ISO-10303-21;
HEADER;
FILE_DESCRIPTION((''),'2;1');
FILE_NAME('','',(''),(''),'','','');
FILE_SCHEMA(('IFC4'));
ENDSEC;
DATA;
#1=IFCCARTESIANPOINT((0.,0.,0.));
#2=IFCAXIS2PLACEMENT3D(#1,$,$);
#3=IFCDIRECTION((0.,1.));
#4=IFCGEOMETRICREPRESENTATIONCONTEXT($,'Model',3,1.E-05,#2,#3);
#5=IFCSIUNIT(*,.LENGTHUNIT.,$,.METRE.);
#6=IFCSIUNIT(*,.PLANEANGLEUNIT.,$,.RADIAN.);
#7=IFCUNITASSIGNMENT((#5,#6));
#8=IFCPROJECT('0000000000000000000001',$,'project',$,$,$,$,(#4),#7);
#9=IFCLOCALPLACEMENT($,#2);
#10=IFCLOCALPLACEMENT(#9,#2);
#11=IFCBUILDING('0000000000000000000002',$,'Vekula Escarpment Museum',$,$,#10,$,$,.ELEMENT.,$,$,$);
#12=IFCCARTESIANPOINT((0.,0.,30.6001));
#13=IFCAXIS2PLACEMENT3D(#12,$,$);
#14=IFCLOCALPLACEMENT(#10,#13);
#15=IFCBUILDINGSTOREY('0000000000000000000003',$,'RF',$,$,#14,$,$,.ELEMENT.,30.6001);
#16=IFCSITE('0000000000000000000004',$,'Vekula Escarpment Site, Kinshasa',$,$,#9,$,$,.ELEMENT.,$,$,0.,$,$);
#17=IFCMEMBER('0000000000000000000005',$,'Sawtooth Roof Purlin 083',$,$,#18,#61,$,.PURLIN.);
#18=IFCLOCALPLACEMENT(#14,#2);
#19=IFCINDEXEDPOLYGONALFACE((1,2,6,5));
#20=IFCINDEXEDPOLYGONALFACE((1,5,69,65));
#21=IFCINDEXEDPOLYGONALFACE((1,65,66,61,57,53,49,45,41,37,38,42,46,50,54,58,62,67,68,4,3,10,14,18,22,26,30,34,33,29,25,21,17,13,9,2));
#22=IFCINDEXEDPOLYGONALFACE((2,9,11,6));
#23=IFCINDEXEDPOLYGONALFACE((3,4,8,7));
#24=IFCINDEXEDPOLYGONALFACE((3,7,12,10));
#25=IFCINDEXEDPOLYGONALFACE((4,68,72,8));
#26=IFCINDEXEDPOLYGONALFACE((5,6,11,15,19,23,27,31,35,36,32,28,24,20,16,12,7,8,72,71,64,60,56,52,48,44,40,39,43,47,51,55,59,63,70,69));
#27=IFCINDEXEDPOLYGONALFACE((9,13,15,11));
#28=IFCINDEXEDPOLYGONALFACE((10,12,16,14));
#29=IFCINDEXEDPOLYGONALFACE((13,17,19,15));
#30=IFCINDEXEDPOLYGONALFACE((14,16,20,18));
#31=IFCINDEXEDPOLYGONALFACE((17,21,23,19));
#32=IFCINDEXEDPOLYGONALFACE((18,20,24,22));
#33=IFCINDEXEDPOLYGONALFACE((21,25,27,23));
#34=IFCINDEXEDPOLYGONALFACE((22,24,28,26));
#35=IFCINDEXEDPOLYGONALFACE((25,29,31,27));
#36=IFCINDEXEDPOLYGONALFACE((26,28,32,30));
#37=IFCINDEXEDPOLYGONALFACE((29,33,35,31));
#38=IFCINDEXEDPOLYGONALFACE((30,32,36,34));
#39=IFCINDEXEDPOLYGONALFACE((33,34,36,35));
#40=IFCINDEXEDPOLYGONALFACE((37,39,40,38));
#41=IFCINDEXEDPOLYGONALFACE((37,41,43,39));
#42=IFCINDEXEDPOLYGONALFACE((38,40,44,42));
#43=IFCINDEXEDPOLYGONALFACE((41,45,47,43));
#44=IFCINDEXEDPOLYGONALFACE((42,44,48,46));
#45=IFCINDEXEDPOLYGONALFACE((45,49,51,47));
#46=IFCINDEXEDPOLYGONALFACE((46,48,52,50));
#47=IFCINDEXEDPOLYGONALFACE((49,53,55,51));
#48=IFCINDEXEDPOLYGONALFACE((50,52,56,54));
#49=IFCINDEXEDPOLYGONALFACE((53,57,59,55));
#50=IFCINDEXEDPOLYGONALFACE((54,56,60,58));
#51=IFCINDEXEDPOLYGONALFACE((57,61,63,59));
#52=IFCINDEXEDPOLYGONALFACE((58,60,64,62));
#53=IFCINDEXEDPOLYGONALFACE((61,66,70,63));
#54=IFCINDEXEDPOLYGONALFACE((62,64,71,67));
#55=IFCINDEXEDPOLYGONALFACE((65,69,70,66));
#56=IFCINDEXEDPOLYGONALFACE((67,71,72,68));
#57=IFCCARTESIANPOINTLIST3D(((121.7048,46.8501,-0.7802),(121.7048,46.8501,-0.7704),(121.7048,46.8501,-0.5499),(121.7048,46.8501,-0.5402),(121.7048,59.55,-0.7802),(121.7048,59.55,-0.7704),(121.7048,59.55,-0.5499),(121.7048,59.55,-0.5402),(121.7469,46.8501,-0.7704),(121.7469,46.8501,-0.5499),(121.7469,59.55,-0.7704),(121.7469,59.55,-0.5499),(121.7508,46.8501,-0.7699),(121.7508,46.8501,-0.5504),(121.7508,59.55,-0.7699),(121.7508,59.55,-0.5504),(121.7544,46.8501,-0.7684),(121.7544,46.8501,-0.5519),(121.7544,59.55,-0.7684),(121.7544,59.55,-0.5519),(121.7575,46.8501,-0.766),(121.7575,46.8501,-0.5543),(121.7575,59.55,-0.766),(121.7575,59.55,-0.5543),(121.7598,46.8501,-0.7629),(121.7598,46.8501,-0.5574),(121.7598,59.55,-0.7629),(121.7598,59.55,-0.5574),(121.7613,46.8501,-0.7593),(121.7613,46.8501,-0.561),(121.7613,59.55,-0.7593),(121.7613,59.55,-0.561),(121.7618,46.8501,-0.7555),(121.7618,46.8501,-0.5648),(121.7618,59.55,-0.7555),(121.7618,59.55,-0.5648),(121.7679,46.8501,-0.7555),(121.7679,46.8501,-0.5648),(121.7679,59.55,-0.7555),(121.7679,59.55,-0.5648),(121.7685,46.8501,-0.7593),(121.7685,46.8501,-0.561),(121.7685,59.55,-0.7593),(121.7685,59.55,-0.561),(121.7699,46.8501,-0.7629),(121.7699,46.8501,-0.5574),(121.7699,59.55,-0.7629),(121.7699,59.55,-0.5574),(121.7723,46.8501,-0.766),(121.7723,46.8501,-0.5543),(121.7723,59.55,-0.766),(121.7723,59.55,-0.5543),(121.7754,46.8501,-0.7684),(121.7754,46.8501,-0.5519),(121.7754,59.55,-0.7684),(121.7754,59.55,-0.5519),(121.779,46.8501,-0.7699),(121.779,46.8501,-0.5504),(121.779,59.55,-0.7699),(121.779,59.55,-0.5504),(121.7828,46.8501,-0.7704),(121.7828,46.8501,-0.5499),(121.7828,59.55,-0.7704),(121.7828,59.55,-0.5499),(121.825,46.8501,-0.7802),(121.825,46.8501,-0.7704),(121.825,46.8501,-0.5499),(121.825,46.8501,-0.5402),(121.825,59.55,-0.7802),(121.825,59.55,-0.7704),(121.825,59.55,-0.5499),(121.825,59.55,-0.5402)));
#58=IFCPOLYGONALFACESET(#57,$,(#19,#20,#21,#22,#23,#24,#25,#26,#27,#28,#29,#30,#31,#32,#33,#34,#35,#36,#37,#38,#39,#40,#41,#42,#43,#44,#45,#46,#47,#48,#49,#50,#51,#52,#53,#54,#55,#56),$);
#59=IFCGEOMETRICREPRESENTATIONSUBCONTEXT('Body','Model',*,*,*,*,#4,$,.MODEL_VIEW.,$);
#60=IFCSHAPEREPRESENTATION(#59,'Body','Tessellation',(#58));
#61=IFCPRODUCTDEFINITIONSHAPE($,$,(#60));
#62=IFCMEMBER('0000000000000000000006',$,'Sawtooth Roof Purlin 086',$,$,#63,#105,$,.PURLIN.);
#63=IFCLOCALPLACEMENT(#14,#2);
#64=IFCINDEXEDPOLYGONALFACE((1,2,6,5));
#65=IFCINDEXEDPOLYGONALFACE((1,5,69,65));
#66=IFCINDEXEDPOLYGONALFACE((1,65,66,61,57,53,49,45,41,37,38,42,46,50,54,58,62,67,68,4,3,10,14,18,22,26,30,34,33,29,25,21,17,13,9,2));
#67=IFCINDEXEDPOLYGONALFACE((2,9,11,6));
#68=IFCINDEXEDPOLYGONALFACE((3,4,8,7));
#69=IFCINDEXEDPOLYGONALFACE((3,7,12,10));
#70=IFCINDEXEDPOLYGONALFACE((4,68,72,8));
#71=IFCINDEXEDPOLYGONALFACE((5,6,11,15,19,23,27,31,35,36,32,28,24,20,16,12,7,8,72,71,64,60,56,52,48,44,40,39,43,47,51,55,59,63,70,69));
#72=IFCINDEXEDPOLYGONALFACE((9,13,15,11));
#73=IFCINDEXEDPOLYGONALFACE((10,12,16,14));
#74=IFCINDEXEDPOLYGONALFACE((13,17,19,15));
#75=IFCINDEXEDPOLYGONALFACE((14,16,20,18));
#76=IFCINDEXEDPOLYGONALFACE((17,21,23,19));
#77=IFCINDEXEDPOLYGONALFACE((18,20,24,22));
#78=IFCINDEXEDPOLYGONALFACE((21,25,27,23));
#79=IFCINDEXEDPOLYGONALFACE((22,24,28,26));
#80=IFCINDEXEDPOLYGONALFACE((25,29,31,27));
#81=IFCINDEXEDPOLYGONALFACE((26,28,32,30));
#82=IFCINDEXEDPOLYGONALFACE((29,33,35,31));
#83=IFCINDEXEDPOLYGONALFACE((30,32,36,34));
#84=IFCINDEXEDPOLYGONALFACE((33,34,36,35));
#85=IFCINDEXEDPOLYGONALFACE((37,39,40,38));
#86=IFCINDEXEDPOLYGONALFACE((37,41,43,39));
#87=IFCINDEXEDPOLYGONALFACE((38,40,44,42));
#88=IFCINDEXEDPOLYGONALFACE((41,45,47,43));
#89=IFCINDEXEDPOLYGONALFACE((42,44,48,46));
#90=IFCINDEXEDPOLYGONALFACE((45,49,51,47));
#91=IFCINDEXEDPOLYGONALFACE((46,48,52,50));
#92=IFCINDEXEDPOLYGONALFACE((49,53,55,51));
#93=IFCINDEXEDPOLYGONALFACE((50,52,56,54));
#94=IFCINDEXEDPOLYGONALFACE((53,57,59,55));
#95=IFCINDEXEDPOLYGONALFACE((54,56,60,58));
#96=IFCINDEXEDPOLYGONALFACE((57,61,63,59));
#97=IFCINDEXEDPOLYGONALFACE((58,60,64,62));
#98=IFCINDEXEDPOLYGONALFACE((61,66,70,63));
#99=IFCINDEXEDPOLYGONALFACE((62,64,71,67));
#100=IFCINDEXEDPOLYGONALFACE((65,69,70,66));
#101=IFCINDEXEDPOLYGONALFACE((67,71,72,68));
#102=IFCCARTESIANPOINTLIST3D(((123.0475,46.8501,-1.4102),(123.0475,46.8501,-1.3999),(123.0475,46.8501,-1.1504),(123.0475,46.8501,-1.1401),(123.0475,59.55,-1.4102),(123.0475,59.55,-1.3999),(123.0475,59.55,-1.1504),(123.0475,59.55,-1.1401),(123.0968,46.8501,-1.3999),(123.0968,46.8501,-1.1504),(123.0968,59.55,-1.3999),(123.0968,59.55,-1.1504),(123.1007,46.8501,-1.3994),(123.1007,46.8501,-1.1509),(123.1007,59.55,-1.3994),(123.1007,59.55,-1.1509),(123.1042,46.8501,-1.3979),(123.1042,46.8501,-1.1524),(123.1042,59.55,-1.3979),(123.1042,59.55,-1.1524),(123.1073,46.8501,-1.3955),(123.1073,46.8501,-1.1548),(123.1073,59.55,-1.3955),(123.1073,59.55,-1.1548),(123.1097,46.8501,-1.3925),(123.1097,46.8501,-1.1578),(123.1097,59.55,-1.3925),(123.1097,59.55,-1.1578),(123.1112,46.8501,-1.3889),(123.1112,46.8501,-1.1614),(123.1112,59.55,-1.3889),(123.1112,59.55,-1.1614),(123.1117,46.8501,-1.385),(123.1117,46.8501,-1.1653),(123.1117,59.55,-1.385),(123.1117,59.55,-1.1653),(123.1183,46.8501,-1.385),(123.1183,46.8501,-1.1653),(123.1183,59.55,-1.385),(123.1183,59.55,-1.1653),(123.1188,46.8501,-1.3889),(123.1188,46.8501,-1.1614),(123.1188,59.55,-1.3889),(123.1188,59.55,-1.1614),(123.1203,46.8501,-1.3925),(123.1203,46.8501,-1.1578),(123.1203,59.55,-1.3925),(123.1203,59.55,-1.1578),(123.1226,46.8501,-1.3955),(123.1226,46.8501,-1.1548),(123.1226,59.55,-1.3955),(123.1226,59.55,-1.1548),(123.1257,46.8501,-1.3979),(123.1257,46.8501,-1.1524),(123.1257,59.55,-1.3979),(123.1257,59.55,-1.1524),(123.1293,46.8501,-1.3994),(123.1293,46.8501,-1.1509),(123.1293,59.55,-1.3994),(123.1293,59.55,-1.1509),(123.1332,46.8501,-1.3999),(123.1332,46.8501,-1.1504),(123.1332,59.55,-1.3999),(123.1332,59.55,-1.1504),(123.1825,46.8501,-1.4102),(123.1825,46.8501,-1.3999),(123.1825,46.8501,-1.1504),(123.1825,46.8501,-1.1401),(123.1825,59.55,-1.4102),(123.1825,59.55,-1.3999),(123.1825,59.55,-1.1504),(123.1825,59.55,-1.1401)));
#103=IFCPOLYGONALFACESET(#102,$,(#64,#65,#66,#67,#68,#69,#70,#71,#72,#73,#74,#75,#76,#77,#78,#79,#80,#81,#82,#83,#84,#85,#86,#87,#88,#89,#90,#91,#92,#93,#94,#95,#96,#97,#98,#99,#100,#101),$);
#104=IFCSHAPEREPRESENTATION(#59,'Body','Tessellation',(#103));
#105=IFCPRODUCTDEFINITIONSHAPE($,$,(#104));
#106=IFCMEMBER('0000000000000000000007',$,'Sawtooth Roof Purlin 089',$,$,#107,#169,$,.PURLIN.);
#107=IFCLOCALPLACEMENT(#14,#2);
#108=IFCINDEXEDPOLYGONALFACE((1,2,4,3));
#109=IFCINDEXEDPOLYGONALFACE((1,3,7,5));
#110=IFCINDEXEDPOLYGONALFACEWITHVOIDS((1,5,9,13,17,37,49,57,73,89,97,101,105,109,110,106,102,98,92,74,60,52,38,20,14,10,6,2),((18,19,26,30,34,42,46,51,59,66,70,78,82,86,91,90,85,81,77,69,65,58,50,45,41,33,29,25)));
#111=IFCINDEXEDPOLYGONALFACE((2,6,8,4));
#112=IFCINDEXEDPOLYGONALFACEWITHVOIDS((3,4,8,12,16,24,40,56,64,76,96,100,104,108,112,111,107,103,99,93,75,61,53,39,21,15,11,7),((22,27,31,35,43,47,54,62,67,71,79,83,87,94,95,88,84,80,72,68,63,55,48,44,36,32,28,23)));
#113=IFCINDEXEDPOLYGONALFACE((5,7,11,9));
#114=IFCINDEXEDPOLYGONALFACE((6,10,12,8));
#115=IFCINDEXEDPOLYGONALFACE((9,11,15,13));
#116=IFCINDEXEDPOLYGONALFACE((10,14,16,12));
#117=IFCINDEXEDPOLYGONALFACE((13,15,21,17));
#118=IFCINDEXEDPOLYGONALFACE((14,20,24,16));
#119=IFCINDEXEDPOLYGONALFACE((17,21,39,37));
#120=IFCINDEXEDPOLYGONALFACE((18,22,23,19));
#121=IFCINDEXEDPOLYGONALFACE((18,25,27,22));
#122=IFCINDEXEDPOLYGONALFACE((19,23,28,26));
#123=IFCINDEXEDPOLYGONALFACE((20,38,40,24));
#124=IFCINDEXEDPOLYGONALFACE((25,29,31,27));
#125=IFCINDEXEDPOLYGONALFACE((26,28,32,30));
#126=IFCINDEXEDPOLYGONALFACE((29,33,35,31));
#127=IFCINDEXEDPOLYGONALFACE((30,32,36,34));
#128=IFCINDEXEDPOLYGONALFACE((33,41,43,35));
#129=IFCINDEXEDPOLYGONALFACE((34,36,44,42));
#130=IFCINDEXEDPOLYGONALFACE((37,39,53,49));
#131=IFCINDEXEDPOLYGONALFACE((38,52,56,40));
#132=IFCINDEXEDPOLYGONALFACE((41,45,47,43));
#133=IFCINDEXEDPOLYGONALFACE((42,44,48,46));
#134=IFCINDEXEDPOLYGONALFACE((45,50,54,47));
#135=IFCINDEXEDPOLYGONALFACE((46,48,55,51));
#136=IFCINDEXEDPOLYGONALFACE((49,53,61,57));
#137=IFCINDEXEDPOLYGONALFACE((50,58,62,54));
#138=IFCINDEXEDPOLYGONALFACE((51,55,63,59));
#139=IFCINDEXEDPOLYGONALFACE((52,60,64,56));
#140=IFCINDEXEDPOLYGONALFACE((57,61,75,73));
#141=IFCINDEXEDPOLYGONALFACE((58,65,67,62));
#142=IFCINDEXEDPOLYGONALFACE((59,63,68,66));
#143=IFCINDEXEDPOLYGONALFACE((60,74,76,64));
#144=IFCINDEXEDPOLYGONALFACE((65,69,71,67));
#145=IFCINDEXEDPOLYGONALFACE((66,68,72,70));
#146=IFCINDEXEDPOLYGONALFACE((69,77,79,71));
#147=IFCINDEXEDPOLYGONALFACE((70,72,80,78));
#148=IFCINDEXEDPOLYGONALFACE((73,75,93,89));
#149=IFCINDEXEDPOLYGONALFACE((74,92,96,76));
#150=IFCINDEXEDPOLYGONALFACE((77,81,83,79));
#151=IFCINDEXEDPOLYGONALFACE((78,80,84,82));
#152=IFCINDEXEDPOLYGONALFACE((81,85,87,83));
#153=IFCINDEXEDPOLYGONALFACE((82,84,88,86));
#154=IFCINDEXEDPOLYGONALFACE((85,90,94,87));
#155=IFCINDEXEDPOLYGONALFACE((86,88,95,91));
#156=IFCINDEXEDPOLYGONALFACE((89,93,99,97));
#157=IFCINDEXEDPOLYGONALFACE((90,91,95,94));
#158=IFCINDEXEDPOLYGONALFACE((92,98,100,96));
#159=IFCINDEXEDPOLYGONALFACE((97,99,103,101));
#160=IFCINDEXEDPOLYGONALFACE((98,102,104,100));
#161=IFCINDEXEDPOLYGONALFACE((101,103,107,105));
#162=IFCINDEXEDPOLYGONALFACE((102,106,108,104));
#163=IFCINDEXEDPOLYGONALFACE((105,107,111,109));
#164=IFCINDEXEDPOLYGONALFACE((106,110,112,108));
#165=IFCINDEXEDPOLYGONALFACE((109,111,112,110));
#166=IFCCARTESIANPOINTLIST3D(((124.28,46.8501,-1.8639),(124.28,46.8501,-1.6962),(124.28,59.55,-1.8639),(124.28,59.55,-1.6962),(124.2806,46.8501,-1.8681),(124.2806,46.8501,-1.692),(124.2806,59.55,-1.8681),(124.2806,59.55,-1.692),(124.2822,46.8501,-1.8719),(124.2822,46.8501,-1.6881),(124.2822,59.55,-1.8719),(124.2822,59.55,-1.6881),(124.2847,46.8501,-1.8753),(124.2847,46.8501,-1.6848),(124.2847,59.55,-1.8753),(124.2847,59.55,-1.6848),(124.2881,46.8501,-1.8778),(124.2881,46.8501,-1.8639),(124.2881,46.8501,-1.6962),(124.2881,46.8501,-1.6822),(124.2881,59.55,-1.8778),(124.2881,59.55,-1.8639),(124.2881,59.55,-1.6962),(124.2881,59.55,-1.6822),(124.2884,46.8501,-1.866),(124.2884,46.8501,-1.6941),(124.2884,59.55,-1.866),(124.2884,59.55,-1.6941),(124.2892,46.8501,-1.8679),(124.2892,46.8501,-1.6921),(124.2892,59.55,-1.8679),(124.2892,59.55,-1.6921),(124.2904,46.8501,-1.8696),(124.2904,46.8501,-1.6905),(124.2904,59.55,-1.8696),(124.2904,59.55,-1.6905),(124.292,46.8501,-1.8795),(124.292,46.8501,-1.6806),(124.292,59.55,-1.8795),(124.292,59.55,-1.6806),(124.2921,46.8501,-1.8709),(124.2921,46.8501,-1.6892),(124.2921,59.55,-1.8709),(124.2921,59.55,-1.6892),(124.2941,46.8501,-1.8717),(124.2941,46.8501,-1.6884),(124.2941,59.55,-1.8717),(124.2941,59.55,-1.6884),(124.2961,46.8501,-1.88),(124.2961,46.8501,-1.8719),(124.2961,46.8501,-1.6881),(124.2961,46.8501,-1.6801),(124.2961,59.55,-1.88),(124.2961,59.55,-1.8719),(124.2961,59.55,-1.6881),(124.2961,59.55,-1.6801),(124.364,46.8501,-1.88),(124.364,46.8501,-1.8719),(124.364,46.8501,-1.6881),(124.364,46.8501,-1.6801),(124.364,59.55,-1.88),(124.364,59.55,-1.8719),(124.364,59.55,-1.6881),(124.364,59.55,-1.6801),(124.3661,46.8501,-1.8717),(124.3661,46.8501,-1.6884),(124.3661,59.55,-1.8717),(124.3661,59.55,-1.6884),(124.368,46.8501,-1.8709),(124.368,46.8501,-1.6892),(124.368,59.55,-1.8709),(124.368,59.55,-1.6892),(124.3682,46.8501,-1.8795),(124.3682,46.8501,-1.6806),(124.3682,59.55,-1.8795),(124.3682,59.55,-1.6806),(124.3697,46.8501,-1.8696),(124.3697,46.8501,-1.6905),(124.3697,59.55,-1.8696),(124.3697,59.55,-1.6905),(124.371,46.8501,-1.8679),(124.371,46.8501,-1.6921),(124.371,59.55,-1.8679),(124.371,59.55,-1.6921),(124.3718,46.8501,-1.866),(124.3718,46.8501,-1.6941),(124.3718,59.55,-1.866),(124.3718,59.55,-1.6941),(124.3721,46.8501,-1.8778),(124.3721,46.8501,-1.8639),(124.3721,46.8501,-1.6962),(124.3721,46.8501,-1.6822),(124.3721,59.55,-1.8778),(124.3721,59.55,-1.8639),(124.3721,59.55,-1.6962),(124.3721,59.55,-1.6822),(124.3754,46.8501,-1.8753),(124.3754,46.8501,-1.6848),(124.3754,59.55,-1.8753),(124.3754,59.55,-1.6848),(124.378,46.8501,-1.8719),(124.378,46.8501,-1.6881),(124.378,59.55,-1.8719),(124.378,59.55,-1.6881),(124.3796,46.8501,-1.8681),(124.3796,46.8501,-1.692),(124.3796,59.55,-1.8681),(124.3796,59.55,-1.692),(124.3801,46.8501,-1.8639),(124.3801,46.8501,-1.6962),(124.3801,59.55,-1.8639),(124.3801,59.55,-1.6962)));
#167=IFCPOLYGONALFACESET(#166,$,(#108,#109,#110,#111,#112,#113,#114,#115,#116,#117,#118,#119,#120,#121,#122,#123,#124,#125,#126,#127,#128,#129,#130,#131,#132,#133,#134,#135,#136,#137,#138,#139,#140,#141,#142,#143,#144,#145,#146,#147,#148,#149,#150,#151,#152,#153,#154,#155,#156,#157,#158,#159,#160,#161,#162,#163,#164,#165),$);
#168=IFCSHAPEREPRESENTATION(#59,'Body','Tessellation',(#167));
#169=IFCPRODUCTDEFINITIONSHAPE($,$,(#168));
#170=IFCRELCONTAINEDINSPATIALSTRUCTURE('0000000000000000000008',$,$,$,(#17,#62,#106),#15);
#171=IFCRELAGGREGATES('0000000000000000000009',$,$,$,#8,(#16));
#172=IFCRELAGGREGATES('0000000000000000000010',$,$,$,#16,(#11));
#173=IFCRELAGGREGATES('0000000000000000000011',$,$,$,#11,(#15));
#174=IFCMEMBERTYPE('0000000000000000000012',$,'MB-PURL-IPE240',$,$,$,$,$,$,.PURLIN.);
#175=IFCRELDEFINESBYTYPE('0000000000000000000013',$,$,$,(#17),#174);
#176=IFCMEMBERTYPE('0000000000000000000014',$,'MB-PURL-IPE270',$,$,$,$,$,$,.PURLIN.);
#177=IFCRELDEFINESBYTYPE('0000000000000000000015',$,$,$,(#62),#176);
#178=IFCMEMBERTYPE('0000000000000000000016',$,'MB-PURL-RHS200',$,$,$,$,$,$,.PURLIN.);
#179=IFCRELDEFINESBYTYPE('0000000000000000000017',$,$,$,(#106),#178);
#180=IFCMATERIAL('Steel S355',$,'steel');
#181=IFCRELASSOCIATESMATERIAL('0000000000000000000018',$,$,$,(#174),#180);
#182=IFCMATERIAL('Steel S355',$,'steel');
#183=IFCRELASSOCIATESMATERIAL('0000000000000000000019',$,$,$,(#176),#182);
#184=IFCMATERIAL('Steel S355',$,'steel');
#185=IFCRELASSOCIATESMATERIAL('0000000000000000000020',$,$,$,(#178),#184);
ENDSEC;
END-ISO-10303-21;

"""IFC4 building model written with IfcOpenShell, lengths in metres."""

from ifc_helpers import new_model, si_unit, direction, frame, origin, origin_2d, place, context, subcontext, project, spatial, hollow_rectangle, i_section, extrude, material, material_profile, profile_set, type_object, element, save


model = new_model("IFC4")

# Units and contexts
model_context = context("Model", 3, precision=1e-05, world=origin(), true_north=direction((0.0, 1.0)))
body_context = subcontext(model_context, "Body", "Model", "MODEL_VIEW")
ifc_project = project(units=[si_unit("LENGTHUNIT", "METRE"), si_unit("PLANEANGLEUNIT", "RADIAN")], contexts=[model_context])

# Site, building, storey
site_placement = place(None, origin())
site = spatial("IfcSite", under=ifc_project, at=site_placement, Name="Vekula Escarpment Site, Kinshasa", CompositionType="ELEMENT", RefElevation=0.0)
building_placement = place(site_placement, origin())
building = spatial("IfcBuilding", under=site, at=building_placement, Name="Vekula Escarpment Museum", CompositionType="ELEMENT")
storey_placement = place(building_placement, frame((0.0, 0.0, 30.6001)))
storey = spatial("IfcBuildingStorey", under=building, at=storey_placement, Name="RF", CompositionType="ELEMENT", Elevation=30.6001)

# Members
ifc_material_1 = material(Name="Steel S355", Category="steel")
ifc_material_profile_1 = material_profile(ifc_material_1, i_section(OverallWidth=0.1201, OverallDepth=0.24, WebThickness=0.0061, FlangeThickness=0.0098, FilletRadius=0.0149, at=origin_2d()), Name="IPE 240")
ifc_profile_set_1 = profile_set([ifc_material_profile_1], Name="Steel S355")
member_type_1 = type_object("IfcMemberType", Name="MB-PURL-IPE240", PredefinedType="PURLIN", material=ifc_profile_set_1)
member_1_placement = place(storey_placement, frame((121.7649, 46.8501, -0.6602), z_axis=(0.0, 1.0, 0.0), x_axis=(-1.0, 0.0, 0.0)))
element("IfcMember", 1, at=member_1_placement, inside=storey, type_object=member_type_1, Name="Sawtooth Roof Purlin 083", PredefinedType="PURLIN", context=body_context, shape_type="SweptSolid", body=[
    extrude(i_section(OverallWidth=0.1201, OverallDepth=0.24, WebThickness=0.0061, FlangeThickness=0.0098, FilletRadius=0.0149, at=origin_2d()), origin(), (0.0, 0.0, 1.0), 12.7),
])
ifc_material_2 = material(Name="Steel S355", Category="steel")
ifc_material_profile_2 = material_profile(ifc_material_2, i_section(OverallWidth=0.135, OverallDepth=0.27, WebThickness=0.0066, FlangeThickness=0.0103, FilletRadius=0.0149, at=origin_2d()), Name="IPE 270")
ifc_profile_set_2 = profile_set([ifc_material_profile_2], Name="Steel S355")
member_type_2 = type_object("IfcMemberType", Name="MB-PURL-IPE270", PredefinedType="PURLIN", material=ifc_profile_set_2)
member_2_placement = place(storey_placement, frame((123.115, 46.8501, -1.2751), z_axis=(0.0, 1.0, 0.0), x_axis=(-1.0, 0.0, 0.0)))
element("IfcMember", 2, at=member_2_placement, inside=storey, type_object=member_type_2, Name="Sawtooth Roof Purlin 086", PredefinedType="PURLIN", context=body_context, shape_type="SweptSolid", body=[
    extrude(i_section(OverallWidth=0.135, OverallDepth=0.27, WebThickness=0.0066, FlangeThickness=0.0103, FilletRadius=0.0149, at=origin_2d()), origin(), (0.0, 0.0, 1.0), 12.7),
])
ifc_material_3 = material(Name="Steel S355", Category="steel")
ifc_material_profile_3 = material_profile(ifc_material_3, hollow_rectangle(XDim=0.1001, YDim=0.2, WallThickness=0.0081, InnerFilletRadius=0.0081, OuterFilletRadius=0.0161, at=origin_2d()), Name="RHS 200x100x8")
ifc_profile_set_3 = profile_set([ifc_material_profile_3], Name="Steel S355")
member_type_3 = type_object("IfcMemberType", Name="MB-PURL-RHS200", PredefinedType="PURLIN", material=ifc_profile_set_3)
member_3_placement = place(storey_placement, frame((124.3301, 46.8501, -1.78), z_axis=(0.0, 1.0, 0.0), x_axis=(-1.0, 0.0, 0.0)))
element("IfcMember", 3, at=member_3_placement, inside=storey, type_object=member_type_3, Name="Sawtooth Roof Purlin 089", PredefinedType="PURLIN", context=body_context, shape_type="SweptSolid", body=[
    extrude(hollow_rectangle(XDim=0.1001, YDim=0.2, WallThickness=0.0081, InnerFilletRadius=0.0081, OuterFilletRadius=0.0161, at=origin_2d()), origin(), (0.0, 0.0, 1.0), 12.7),
])

save(model, "model.ifc")
